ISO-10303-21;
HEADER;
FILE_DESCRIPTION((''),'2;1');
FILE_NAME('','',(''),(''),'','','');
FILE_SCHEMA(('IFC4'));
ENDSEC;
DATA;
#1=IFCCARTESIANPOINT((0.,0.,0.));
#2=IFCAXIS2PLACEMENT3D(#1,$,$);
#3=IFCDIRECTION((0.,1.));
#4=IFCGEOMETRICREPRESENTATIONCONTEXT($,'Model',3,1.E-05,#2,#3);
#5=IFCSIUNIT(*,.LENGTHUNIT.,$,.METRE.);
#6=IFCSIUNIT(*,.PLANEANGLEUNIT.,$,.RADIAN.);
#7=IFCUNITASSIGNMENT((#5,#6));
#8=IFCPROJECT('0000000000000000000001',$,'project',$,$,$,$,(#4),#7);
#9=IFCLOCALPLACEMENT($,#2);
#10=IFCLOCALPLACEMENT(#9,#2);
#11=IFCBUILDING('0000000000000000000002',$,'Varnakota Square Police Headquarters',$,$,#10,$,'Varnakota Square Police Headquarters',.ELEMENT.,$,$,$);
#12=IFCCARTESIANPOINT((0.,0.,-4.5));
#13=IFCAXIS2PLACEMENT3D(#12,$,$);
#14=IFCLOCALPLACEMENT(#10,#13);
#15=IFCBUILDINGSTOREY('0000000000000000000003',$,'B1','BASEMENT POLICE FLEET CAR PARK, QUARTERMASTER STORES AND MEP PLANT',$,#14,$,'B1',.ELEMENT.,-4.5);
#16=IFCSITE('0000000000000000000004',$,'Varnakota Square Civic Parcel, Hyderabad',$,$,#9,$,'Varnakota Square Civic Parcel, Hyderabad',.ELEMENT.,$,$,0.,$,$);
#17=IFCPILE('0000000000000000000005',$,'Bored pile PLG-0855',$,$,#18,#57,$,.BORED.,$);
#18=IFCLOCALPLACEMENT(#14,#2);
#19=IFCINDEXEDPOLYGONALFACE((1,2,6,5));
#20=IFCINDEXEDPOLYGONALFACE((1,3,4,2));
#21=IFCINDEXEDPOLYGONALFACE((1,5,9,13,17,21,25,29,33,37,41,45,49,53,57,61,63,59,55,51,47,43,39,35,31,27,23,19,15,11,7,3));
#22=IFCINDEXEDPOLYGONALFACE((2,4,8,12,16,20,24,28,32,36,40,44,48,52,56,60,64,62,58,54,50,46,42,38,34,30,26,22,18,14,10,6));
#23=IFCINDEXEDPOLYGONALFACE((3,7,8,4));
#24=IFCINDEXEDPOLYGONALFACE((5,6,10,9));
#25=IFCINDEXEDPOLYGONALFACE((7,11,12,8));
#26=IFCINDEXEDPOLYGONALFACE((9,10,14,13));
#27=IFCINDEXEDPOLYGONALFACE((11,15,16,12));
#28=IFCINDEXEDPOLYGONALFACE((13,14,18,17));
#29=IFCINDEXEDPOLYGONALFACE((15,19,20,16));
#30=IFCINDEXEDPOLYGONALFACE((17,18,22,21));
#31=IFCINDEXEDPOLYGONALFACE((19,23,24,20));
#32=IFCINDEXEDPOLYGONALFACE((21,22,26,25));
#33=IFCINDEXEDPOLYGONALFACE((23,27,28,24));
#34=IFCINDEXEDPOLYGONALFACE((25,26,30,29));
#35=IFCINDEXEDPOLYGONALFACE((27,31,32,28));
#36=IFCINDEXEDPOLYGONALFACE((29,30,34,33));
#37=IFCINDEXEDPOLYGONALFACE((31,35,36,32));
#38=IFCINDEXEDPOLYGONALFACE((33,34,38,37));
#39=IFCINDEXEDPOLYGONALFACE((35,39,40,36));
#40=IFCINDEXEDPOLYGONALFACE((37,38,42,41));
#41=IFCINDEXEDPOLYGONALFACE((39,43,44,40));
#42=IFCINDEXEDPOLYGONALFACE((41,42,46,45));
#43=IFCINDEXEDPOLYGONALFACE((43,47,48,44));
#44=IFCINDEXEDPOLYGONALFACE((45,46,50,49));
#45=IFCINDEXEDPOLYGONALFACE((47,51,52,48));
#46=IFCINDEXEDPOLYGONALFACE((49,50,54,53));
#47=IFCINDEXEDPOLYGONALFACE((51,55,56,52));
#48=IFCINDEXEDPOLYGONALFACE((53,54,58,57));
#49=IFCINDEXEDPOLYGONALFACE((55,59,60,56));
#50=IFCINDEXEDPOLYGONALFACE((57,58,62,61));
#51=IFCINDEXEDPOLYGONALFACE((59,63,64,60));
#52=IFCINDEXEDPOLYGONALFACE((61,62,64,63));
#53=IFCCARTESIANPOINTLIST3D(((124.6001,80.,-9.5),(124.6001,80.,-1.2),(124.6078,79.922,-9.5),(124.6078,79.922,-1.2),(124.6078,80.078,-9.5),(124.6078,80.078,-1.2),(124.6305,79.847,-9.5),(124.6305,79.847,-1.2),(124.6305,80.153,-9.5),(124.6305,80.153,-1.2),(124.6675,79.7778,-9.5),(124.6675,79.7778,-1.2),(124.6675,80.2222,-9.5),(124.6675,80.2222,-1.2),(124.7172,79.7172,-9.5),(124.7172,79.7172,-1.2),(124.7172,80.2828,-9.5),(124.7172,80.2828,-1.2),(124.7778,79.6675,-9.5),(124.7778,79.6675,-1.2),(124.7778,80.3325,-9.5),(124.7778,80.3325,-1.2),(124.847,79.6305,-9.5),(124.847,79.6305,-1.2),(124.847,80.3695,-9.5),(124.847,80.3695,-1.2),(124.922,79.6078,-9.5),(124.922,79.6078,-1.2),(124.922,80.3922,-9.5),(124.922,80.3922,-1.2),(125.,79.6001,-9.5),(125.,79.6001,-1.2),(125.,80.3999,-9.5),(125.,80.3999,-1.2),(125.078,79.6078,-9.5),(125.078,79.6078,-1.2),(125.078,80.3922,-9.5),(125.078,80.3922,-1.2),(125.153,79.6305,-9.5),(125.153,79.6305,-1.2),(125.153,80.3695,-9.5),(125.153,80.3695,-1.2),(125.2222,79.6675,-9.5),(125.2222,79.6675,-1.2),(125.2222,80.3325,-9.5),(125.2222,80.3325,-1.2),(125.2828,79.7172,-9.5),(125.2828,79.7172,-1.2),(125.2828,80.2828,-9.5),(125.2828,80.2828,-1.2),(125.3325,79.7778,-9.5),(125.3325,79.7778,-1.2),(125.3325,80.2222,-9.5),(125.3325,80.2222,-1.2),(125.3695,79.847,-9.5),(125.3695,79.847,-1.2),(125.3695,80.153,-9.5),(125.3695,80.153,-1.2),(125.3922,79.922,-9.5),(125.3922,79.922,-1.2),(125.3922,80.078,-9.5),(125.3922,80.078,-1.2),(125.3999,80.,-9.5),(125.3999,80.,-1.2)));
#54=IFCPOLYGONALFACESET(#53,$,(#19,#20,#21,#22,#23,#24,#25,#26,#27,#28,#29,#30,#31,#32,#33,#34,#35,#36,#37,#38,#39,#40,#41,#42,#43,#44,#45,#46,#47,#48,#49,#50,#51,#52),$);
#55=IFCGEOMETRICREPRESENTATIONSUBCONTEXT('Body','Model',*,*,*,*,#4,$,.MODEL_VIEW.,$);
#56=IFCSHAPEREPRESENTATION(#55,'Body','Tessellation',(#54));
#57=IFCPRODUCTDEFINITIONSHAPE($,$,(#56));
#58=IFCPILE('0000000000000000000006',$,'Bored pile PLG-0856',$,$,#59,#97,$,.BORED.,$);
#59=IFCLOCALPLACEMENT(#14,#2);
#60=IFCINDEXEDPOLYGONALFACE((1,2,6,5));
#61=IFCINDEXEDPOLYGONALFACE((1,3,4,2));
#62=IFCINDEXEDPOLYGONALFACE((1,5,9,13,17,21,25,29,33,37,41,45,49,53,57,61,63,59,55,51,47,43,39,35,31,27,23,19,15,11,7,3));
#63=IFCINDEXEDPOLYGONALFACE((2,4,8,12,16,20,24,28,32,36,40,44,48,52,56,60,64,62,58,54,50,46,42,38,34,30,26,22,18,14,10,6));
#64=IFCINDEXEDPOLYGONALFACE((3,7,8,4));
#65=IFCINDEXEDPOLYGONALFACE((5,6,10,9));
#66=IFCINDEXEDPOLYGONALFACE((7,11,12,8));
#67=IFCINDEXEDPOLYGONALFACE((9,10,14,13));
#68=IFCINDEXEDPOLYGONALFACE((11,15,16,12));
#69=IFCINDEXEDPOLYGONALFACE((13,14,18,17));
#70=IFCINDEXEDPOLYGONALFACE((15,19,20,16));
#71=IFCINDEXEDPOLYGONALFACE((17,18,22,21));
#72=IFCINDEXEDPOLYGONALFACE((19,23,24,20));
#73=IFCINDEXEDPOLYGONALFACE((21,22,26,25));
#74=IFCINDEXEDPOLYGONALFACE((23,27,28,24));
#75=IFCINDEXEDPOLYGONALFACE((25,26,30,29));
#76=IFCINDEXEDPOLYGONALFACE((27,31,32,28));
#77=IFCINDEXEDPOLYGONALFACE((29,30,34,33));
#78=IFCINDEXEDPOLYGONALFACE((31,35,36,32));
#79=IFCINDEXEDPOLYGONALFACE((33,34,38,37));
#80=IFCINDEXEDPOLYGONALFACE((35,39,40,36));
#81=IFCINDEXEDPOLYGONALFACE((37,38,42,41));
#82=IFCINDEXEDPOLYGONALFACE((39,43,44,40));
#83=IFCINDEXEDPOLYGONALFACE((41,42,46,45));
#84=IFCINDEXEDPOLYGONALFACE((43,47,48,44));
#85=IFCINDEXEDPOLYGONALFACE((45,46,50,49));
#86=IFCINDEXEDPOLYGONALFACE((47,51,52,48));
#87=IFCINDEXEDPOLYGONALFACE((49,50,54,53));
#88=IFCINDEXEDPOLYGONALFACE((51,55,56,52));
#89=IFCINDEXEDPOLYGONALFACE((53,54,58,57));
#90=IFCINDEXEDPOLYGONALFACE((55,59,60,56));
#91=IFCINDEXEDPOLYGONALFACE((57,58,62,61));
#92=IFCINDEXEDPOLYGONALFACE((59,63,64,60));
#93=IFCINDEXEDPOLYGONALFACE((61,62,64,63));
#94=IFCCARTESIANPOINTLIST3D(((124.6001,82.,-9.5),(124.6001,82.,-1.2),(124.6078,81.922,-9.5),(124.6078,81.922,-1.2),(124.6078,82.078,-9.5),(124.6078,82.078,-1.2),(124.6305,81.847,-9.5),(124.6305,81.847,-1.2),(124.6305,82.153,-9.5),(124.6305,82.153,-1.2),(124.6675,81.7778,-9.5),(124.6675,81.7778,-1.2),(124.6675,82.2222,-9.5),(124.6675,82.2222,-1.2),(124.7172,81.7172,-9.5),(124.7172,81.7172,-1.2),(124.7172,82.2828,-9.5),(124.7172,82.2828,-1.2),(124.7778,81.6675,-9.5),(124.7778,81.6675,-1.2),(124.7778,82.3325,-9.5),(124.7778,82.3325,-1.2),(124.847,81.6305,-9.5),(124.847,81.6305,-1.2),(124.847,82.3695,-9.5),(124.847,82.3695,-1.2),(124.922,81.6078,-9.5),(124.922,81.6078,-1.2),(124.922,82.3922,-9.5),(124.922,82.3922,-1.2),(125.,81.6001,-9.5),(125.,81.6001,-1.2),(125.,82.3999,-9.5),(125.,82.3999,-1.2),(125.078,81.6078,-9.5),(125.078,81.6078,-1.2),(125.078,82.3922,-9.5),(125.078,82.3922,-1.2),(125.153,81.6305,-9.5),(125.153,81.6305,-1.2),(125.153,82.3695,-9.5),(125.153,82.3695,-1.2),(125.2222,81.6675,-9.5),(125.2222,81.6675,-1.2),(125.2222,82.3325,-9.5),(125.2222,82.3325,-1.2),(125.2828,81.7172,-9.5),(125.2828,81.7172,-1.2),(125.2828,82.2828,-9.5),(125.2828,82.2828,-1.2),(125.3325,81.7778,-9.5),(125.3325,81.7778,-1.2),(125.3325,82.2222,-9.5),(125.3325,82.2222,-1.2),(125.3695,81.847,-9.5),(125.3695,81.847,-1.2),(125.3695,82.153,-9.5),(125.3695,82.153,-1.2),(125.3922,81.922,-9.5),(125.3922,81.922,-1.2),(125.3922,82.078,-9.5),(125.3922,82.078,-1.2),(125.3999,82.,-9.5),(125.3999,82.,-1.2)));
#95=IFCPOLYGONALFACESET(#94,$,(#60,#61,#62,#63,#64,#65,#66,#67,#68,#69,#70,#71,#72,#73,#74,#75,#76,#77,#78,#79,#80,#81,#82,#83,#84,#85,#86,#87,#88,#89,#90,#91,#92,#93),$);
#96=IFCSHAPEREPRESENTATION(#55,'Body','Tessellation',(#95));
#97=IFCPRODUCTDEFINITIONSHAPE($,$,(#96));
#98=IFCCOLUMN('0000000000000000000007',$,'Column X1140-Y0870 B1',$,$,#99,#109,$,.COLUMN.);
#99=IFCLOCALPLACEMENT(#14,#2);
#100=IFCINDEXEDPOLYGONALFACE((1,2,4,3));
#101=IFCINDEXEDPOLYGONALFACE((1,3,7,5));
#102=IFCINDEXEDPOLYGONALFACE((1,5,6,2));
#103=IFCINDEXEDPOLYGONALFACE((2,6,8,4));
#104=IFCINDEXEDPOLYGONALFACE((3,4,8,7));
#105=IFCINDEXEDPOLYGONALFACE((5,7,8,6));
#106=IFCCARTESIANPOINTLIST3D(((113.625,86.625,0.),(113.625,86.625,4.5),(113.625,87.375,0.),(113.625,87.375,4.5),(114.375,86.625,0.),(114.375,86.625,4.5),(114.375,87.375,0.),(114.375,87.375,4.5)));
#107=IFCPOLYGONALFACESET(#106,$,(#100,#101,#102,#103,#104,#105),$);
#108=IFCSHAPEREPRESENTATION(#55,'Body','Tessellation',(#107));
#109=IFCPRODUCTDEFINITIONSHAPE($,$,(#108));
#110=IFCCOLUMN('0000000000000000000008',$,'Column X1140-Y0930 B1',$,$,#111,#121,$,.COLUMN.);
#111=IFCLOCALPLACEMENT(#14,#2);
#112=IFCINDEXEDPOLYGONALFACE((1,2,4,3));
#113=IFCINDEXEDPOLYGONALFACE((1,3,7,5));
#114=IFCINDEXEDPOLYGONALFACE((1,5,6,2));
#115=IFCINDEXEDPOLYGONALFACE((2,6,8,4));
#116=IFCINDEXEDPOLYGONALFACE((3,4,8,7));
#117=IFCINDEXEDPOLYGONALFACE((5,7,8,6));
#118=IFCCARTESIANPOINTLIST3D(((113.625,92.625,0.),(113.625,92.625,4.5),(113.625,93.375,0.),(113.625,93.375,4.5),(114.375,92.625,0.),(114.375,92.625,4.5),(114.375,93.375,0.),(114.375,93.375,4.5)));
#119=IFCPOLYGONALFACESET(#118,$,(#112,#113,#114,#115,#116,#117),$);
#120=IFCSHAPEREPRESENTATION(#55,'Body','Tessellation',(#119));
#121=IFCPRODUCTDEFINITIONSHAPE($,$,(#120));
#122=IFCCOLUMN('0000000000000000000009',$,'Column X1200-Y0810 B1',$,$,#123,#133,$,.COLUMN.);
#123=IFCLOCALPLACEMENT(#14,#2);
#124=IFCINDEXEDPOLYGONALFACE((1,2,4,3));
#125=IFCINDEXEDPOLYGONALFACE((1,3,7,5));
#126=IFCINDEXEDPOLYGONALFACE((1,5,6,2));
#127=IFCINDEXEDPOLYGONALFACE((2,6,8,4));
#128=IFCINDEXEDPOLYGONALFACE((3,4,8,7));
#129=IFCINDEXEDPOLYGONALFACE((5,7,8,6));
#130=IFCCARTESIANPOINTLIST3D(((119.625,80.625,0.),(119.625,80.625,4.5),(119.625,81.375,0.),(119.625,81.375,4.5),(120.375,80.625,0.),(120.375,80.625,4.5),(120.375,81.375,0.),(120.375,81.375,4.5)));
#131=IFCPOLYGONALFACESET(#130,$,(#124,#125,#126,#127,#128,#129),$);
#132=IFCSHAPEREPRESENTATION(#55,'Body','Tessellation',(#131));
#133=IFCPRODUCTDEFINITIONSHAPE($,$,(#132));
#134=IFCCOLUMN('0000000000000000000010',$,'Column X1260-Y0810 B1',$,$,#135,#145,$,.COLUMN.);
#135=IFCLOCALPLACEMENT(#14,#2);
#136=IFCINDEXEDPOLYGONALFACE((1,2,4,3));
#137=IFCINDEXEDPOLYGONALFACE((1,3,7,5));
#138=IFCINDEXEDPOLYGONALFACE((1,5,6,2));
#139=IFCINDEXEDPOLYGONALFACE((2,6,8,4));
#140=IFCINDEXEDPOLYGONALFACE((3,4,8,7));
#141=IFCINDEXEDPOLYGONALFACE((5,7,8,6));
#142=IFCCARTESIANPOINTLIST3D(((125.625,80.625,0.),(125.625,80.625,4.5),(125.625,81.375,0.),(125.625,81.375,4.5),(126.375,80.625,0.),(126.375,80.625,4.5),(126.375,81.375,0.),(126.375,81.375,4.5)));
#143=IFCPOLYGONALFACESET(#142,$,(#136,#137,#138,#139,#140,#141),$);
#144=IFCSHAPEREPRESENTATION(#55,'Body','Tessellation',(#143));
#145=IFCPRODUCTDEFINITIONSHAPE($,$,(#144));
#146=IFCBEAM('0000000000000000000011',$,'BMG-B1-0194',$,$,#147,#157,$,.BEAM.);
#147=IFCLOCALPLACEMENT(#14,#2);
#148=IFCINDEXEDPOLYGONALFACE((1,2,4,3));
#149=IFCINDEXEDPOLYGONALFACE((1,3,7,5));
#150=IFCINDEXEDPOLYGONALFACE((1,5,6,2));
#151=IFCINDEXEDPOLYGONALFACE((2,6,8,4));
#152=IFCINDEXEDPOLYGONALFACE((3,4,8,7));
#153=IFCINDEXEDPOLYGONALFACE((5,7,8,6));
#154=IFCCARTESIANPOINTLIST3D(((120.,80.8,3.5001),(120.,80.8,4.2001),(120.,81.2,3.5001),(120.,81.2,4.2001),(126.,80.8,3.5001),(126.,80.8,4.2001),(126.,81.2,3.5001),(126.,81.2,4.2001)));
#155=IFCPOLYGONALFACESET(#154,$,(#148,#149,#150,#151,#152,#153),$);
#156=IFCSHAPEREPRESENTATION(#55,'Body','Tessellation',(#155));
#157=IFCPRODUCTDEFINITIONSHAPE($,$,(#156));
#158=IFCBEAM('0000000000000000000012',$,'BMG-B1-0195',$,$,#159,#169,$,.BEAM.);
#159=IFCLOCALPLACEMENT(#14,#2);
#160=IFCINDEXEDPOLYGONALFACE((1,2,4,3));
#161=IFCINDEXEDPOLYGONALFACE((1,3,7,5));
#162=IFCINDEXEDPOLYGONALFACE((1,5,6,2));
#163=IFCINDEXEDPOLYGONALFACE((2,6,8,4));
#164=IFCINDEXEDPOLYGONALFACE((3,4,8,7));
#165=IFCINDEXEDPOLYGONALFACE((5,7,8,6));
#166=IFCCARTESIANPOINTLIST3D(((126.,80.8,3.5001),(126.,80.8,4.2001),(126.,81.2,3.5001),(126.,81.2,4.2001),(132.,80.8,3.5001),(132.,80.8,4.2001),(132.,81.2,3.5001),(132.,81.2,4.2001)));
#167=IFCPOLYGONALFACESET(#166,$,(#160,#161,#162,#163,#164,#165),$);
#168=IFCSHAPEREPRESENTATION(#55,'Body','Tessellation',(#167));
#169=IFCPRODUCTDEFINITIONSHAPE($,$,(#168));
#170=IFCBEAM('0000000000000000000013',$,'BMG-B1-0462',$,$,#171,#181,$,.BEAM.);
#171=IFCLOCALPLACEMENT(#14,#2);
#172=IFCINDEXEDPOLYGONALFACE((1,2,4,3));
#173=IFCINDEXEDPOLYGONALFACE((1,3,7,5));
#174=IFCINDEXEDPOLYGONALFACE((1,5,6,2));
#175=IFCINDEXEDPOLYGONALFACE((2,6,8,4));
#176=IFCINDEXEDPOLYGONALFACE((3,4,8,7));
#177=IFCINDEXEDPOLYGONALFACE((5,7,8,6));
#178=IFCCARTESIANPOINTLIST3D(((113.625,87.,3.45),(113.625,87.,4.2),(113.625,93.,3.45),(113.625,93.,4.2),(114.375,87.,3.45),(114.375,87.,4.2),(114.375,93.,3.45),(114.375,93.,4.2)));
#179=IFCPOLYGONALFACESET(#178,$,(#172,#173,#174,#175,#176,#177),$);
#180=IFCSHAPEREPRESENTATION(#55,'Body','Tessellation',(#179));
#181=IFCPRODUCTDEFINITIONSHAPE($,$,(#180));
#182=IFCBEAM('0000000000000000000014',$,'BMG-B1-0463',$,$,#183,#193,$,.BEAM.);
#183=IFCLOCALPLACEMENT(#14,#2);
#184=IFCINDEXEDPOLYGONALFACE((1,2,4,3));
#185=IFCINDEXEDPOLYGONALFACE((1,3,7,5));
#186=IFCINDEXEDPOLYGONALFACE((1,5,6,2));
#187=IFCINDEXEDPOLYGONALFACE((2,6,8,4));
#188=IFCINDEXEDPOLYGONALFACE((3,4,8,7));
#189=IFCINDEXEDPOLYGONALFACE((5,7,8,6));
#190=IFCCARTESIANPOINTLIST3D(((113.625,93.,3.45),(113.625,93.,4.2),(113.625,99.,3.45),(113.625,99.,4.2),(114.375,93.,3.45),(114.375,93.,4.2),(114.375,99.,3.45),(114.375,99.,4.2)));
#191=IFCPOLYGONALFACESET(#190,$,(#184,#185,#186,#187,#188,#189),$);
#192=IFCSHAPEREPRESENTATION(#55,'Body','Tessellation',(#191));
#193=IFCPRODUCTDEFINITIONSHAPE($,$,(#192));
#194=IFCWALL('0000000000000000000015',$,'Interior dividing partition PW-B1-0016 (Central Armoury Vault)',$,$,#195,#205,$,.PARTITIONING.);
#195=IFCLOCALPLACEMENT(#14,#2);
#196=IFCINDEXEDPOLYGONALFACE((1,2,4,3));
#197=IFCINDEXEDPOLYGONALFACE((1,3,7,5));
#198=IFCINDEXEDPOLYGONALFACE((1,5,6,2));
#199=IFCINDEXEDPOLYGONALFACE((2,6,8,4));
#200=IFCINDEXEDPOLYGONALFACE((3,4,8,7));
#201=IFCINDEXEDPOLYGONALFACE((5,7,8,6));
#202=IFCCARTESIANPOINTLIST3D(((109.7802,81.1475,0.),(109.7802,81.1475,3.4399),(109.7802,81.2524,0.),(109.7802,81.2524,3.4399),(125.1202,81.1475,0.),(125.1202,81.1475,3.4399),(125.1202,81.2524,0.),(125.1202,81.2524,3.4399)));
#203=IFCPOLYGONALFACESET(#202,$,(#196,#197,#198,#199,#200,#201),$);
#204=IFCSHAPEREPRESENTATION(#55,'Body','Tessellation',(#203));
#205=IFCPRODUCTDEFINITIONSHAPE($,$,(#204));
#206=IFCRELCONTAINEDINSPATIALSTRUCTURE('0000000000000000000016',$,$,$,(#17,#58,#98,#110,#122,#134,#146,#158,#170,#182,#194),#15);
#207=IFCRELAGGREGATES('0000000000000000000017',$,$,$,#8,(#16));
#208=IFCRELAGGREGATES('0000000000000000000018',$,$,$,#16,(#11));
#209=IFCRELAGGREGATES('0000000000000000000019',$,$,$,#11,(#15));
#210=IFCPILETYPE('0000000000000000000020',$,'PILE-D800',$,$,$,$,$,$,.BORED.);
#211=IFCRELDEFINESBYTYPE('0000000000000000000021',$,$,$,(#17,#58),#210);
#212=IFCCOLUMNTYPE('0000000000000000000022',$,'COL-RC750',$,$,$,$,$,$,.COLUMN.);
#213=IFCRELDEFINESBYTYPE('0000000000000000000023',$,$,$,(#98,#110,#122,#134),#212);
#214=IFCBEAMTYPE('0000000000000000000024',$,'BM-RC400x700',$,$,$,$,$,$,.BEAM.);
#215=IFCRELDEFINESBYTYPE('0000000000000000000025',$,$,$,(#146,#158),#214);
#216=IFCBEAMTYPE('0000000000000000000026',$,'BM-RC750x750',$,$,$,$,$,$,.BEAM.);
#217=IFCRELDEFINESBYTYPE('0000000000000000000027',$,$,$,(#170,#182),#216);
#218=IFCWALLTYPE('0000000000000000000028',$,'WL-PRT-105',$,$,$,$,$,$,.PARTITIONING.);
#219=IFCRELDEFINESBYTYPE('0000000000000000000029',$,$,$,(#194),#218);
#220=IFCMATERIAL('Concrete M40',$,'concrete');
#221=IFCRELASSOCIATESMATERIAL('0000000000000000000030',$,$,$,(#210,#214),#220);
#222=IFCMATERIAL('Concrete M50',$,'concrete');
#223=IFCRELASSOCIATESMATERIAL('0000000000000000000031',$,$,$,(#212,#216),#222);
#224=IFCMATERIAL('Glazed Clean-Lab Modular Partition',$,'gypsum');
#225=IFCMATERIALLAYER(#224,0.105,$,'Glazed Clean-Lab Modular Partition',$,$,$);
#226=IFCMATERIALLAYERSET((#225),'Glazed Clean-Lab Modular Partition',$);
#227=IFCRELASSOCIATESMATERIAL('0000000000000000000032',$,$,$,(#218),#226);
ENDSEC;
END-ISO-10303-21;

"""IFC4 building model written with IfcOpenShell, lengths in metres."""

from ifc_helpers import new_model, si_unit, direction, frame, frame_2d, origin, origin_2d, place, context, subcontext, project, spatial, rectangle, circle, extrude, material, layer, layer_set, material_profile, profile_set, type_object, element, save


model = new_model("IFC4")

# Units and contexts
model_context = context("Model", 3, precision=1e-05, world=origin(), true_north=direction((0.0, 1.0)))
body_context = subcontext(model_context, "Body", "Model", "MODEL_VIEW")
ifc_project = project(units=[si_unit("LENGTHUNIT", "METRE"), si_unit("PLANEANGLEUNIT", "RADIAN")], contexts=[model_context])

# Site, building, storey
site_placement = place(None, origin())
site = spatial("IfcSite", under=ifc_project, at=site_placement, Name="Varnakota Square Civic Parcel, Hyderabad", LongName="Varnakota Square Civic Parcel, Hyderabad", CompositionType="ELEMENT", RefElevation=0.0)
building_placement = place(site_placement, origin())
building = spatial("IfcBuilding", under=site, at=building_placement, Name="Varnakota Square Police Headquarters", LongName="Varnakota Square Police Headquarters", CompositionType="ELEMENT")
storey_placement = place(building_placement, frame((0.0, 0.0, -4.5)))
storey = spatial("IfcBuildingStorey", under=building, at=storey_placement, Name="B1", Description="BASEMENT POLICE FLEET CAR PARK, QUARTERMASTER STORES AND MEP PLANT", LongName="B1", CompositionType="ELEMENT", Elevation=-4.5)

# Shared definitions
ifc_material_1 = material(Name="Concrete M40", Category="concrete")

# Piles
ifc_material_profile_1 = material_profile(ifc_material_1, circle(Radius=0.3999, at=origin_2d()), Name="BORED PILE 800")
ifc_profile_set_1 = profile_set([ifc_material_profile_1], Name="Concrete M40")
pile_type = type_object("IfcPileType", Name="PILE-D800", PredefinedType="BORED", material=ifc_profile_set_1)
for number, where, z_axis, x_axis, name in (
    (1, (125.0, 80.0, -1.2), (0.0, 0.0, -1.0), (1.0, 0.0, 0.0), "Bored pile PLG-0855"),
    (2, (125.0, 82.0, -1.2), (0.0, 0.0, -1.0), (1.0, 0.0, 0.0), "Bored pile PLG-0856"),
):
    element("IfcPile", number, at=place(storey_placement, frame(where, z_axis=z_axis, x_axis=x_axis)), inside=storey, type_object=pile_type, Name=name, PredefinedType="BORED", context=body_context, shape_type="SweptSolid", body=[
        extrude(circle(Radius=0.3999, at=origin_2d()), origin(), (0.0, 0.0, 1.0), 8.3),
    ])

# Columns
ifc_material_2 = material(Name="Concrete M50", Category="concrete")
ifc_material_profile_2 = material_profile(ifc_material_2, rectangle(XDim=0.75, YDim=0.75, at=origin_2d()), Name="RC 750x750")
ifc_profile_set_2 = profile_set([ifc_material_profile_2], Name="Concrete M50")
column_type = type_object("IfcColumnType", Name="COL-RC750", PredefinedType="COLUMN", material=ifc_profile_set_2)
for number, where, z_axis, x_axis, name in (
    (3, (114.0, 87.0, 0.0), (0.0, 0.0, 1.0), (1.0, 0.0, 0.0), "Column X1140-Y0870 B1"),
    (4, (114.0, 93.0, 0.0), (0.0, 0.0, 1.0), (1.0, 0.0, 0.0), "Column X1140-Y0930 B1"),
    (5, (120.0, 81.0, 0.0), (0.0, 0.0, 1.0), (1.0, 0.0, 0.0), "Column X1200-Y0810 B1"),
    (6, (126.0, 81.0, 0.0), (0.0, 0.0, 1.0), (1.0, 0.0, 0.0), "Column X1260-Y0810 B1"),
):
    element("IfcColumn", number, at=place(storey_placement, frame(where, z_axis=z_axis, x_axis=x_axis)), inside=storey, type_object=column_type, Name=name, PredefinedType="COLUMN", context=body_context, shape_type="SweptSolid", body=[
        extrude(rectangle(XDim=0.75, YDim=0.75, at=origin_2d()), origin(), (0.0, 0.0, 1.0), 4.5),
    ])

# Beams
ifc_material_profile_3 = material_profile(ifc_material_1, rectangle(XDim=0.3999, YDim=0.7, at=origin_2d()), Name="RC 400x700")
ifc_profile_set_3 = profile_set([ifc_material_profile_3], Name="Concrete M40")
beam_type_1 = type_object("IfcBeamType", Name="BM-RC400x700", PredefinedType="BEAM", material=ifc_profile_set_3)
for number, where, z_axis, x_axis, name in (
    (7, (120.0, 81.0, 3.8501), (1.0, 0.0, 0.0), (0.0, 1.0, 0.0), "BMG-B1-0194"),
    (8, (126.0, 81.0, 3.8501), (1.0, 0.0, 0.0), (0.0, 1.0, 0.0), "BMG-B1-0195"),
):
    element("IfcBeam", number, at=place(storey_placement, frame(where, z_axis=z_axis, x_axis=x_axis)), inside=storey, type_object=beam_type_1, Name=name, PredefinedType="BEAM", context=body_context, shape_type="SweptSolid", body=[
        extrude(rectangle(XDim=0.3999, YDim=0.7, at=origin_2d()), origin(), (0.0, 0.0, 1.0), 6.0),
    ])
ifc_material_profile_4 = material_profile(ifc_material_2, rectangle(XDim=0.75, YDim=0.75, at=origin_2d()), Name="RC 750x750")
ifc_profile_set_4 = profile_set([ifc_material_profile_4], Name="Concrete M50")
beam_type_2 = type_object("IfcBeamType", Name="BM-RC750x750", PredefinedType="BEAM", material=ifc_profile_set_4)
for number, where, z_axis, x_axis, name in (
    (9, (114.0, 87.0, 3.825), (0.0, 1.0, 0.0), (-1.0, 0.0, 0.0), "BMG-B1-0462"),
    (10, (114.0, 93.0, 3.825), (0.0, 1.0, 0.0), (-1.0, 0.0, 0.0), "BMG-B1-0463"),
):
    element("IfcBeam", number, at=place(storey_placement, frame(where, z_axis=z_axis, x_axis=x_axis)), inside=storey, type_object=beam_type_2, Name=name, PredefinedType="BEAM", context=body_context, shape_type="SweptSolid", body=[
        extrude(rectangle(XDim=0.75, YDim=0.75, at=origin_2d()), origin(), (0.0, 0.0, 1.0), 6.0),
    ])

# Wall
ifc_material_3 = material(Name="Glazed Clean-Lab Modular Partition", Category="gypsum")
ifc_layer = layer(ifc_material_3, 0.105, Name="Glazed Clean-Lab Modular Partition")
ifc_layer_set = layer_set([ifc_layer], Name="Glazed Clean-Lab Modular Partition")
wall_type = type_object("IfcWallType", Name="WL-PRT-105", PredefinedType="PARTITIONING", material=ifc_layer_set)
wall_placement = place(storey_placement, frame((125.1201, 81.2, 0.0), z_axis=(0.0, 0.0, 1.0), x_axis=(-1.0, 0.0, 0.0)))
element("IfcWall", 11, at=wall_placement, inside=storey, type_object=wall_type, Name="Interior dividing partition PW-B1-0016 (Central Armoury Vault)", PredefinedType="PARTITIONING", context=body_context, shape_type="SweptSolid", body=[
    extrude(rectangle(XDim=15.3401, YDim=0.105, at=frame_2d((7.6699, 0.0))), origin(), (0.0, 0.0, 1.0), 3.4399),
])

save(model, "model.ifc")
